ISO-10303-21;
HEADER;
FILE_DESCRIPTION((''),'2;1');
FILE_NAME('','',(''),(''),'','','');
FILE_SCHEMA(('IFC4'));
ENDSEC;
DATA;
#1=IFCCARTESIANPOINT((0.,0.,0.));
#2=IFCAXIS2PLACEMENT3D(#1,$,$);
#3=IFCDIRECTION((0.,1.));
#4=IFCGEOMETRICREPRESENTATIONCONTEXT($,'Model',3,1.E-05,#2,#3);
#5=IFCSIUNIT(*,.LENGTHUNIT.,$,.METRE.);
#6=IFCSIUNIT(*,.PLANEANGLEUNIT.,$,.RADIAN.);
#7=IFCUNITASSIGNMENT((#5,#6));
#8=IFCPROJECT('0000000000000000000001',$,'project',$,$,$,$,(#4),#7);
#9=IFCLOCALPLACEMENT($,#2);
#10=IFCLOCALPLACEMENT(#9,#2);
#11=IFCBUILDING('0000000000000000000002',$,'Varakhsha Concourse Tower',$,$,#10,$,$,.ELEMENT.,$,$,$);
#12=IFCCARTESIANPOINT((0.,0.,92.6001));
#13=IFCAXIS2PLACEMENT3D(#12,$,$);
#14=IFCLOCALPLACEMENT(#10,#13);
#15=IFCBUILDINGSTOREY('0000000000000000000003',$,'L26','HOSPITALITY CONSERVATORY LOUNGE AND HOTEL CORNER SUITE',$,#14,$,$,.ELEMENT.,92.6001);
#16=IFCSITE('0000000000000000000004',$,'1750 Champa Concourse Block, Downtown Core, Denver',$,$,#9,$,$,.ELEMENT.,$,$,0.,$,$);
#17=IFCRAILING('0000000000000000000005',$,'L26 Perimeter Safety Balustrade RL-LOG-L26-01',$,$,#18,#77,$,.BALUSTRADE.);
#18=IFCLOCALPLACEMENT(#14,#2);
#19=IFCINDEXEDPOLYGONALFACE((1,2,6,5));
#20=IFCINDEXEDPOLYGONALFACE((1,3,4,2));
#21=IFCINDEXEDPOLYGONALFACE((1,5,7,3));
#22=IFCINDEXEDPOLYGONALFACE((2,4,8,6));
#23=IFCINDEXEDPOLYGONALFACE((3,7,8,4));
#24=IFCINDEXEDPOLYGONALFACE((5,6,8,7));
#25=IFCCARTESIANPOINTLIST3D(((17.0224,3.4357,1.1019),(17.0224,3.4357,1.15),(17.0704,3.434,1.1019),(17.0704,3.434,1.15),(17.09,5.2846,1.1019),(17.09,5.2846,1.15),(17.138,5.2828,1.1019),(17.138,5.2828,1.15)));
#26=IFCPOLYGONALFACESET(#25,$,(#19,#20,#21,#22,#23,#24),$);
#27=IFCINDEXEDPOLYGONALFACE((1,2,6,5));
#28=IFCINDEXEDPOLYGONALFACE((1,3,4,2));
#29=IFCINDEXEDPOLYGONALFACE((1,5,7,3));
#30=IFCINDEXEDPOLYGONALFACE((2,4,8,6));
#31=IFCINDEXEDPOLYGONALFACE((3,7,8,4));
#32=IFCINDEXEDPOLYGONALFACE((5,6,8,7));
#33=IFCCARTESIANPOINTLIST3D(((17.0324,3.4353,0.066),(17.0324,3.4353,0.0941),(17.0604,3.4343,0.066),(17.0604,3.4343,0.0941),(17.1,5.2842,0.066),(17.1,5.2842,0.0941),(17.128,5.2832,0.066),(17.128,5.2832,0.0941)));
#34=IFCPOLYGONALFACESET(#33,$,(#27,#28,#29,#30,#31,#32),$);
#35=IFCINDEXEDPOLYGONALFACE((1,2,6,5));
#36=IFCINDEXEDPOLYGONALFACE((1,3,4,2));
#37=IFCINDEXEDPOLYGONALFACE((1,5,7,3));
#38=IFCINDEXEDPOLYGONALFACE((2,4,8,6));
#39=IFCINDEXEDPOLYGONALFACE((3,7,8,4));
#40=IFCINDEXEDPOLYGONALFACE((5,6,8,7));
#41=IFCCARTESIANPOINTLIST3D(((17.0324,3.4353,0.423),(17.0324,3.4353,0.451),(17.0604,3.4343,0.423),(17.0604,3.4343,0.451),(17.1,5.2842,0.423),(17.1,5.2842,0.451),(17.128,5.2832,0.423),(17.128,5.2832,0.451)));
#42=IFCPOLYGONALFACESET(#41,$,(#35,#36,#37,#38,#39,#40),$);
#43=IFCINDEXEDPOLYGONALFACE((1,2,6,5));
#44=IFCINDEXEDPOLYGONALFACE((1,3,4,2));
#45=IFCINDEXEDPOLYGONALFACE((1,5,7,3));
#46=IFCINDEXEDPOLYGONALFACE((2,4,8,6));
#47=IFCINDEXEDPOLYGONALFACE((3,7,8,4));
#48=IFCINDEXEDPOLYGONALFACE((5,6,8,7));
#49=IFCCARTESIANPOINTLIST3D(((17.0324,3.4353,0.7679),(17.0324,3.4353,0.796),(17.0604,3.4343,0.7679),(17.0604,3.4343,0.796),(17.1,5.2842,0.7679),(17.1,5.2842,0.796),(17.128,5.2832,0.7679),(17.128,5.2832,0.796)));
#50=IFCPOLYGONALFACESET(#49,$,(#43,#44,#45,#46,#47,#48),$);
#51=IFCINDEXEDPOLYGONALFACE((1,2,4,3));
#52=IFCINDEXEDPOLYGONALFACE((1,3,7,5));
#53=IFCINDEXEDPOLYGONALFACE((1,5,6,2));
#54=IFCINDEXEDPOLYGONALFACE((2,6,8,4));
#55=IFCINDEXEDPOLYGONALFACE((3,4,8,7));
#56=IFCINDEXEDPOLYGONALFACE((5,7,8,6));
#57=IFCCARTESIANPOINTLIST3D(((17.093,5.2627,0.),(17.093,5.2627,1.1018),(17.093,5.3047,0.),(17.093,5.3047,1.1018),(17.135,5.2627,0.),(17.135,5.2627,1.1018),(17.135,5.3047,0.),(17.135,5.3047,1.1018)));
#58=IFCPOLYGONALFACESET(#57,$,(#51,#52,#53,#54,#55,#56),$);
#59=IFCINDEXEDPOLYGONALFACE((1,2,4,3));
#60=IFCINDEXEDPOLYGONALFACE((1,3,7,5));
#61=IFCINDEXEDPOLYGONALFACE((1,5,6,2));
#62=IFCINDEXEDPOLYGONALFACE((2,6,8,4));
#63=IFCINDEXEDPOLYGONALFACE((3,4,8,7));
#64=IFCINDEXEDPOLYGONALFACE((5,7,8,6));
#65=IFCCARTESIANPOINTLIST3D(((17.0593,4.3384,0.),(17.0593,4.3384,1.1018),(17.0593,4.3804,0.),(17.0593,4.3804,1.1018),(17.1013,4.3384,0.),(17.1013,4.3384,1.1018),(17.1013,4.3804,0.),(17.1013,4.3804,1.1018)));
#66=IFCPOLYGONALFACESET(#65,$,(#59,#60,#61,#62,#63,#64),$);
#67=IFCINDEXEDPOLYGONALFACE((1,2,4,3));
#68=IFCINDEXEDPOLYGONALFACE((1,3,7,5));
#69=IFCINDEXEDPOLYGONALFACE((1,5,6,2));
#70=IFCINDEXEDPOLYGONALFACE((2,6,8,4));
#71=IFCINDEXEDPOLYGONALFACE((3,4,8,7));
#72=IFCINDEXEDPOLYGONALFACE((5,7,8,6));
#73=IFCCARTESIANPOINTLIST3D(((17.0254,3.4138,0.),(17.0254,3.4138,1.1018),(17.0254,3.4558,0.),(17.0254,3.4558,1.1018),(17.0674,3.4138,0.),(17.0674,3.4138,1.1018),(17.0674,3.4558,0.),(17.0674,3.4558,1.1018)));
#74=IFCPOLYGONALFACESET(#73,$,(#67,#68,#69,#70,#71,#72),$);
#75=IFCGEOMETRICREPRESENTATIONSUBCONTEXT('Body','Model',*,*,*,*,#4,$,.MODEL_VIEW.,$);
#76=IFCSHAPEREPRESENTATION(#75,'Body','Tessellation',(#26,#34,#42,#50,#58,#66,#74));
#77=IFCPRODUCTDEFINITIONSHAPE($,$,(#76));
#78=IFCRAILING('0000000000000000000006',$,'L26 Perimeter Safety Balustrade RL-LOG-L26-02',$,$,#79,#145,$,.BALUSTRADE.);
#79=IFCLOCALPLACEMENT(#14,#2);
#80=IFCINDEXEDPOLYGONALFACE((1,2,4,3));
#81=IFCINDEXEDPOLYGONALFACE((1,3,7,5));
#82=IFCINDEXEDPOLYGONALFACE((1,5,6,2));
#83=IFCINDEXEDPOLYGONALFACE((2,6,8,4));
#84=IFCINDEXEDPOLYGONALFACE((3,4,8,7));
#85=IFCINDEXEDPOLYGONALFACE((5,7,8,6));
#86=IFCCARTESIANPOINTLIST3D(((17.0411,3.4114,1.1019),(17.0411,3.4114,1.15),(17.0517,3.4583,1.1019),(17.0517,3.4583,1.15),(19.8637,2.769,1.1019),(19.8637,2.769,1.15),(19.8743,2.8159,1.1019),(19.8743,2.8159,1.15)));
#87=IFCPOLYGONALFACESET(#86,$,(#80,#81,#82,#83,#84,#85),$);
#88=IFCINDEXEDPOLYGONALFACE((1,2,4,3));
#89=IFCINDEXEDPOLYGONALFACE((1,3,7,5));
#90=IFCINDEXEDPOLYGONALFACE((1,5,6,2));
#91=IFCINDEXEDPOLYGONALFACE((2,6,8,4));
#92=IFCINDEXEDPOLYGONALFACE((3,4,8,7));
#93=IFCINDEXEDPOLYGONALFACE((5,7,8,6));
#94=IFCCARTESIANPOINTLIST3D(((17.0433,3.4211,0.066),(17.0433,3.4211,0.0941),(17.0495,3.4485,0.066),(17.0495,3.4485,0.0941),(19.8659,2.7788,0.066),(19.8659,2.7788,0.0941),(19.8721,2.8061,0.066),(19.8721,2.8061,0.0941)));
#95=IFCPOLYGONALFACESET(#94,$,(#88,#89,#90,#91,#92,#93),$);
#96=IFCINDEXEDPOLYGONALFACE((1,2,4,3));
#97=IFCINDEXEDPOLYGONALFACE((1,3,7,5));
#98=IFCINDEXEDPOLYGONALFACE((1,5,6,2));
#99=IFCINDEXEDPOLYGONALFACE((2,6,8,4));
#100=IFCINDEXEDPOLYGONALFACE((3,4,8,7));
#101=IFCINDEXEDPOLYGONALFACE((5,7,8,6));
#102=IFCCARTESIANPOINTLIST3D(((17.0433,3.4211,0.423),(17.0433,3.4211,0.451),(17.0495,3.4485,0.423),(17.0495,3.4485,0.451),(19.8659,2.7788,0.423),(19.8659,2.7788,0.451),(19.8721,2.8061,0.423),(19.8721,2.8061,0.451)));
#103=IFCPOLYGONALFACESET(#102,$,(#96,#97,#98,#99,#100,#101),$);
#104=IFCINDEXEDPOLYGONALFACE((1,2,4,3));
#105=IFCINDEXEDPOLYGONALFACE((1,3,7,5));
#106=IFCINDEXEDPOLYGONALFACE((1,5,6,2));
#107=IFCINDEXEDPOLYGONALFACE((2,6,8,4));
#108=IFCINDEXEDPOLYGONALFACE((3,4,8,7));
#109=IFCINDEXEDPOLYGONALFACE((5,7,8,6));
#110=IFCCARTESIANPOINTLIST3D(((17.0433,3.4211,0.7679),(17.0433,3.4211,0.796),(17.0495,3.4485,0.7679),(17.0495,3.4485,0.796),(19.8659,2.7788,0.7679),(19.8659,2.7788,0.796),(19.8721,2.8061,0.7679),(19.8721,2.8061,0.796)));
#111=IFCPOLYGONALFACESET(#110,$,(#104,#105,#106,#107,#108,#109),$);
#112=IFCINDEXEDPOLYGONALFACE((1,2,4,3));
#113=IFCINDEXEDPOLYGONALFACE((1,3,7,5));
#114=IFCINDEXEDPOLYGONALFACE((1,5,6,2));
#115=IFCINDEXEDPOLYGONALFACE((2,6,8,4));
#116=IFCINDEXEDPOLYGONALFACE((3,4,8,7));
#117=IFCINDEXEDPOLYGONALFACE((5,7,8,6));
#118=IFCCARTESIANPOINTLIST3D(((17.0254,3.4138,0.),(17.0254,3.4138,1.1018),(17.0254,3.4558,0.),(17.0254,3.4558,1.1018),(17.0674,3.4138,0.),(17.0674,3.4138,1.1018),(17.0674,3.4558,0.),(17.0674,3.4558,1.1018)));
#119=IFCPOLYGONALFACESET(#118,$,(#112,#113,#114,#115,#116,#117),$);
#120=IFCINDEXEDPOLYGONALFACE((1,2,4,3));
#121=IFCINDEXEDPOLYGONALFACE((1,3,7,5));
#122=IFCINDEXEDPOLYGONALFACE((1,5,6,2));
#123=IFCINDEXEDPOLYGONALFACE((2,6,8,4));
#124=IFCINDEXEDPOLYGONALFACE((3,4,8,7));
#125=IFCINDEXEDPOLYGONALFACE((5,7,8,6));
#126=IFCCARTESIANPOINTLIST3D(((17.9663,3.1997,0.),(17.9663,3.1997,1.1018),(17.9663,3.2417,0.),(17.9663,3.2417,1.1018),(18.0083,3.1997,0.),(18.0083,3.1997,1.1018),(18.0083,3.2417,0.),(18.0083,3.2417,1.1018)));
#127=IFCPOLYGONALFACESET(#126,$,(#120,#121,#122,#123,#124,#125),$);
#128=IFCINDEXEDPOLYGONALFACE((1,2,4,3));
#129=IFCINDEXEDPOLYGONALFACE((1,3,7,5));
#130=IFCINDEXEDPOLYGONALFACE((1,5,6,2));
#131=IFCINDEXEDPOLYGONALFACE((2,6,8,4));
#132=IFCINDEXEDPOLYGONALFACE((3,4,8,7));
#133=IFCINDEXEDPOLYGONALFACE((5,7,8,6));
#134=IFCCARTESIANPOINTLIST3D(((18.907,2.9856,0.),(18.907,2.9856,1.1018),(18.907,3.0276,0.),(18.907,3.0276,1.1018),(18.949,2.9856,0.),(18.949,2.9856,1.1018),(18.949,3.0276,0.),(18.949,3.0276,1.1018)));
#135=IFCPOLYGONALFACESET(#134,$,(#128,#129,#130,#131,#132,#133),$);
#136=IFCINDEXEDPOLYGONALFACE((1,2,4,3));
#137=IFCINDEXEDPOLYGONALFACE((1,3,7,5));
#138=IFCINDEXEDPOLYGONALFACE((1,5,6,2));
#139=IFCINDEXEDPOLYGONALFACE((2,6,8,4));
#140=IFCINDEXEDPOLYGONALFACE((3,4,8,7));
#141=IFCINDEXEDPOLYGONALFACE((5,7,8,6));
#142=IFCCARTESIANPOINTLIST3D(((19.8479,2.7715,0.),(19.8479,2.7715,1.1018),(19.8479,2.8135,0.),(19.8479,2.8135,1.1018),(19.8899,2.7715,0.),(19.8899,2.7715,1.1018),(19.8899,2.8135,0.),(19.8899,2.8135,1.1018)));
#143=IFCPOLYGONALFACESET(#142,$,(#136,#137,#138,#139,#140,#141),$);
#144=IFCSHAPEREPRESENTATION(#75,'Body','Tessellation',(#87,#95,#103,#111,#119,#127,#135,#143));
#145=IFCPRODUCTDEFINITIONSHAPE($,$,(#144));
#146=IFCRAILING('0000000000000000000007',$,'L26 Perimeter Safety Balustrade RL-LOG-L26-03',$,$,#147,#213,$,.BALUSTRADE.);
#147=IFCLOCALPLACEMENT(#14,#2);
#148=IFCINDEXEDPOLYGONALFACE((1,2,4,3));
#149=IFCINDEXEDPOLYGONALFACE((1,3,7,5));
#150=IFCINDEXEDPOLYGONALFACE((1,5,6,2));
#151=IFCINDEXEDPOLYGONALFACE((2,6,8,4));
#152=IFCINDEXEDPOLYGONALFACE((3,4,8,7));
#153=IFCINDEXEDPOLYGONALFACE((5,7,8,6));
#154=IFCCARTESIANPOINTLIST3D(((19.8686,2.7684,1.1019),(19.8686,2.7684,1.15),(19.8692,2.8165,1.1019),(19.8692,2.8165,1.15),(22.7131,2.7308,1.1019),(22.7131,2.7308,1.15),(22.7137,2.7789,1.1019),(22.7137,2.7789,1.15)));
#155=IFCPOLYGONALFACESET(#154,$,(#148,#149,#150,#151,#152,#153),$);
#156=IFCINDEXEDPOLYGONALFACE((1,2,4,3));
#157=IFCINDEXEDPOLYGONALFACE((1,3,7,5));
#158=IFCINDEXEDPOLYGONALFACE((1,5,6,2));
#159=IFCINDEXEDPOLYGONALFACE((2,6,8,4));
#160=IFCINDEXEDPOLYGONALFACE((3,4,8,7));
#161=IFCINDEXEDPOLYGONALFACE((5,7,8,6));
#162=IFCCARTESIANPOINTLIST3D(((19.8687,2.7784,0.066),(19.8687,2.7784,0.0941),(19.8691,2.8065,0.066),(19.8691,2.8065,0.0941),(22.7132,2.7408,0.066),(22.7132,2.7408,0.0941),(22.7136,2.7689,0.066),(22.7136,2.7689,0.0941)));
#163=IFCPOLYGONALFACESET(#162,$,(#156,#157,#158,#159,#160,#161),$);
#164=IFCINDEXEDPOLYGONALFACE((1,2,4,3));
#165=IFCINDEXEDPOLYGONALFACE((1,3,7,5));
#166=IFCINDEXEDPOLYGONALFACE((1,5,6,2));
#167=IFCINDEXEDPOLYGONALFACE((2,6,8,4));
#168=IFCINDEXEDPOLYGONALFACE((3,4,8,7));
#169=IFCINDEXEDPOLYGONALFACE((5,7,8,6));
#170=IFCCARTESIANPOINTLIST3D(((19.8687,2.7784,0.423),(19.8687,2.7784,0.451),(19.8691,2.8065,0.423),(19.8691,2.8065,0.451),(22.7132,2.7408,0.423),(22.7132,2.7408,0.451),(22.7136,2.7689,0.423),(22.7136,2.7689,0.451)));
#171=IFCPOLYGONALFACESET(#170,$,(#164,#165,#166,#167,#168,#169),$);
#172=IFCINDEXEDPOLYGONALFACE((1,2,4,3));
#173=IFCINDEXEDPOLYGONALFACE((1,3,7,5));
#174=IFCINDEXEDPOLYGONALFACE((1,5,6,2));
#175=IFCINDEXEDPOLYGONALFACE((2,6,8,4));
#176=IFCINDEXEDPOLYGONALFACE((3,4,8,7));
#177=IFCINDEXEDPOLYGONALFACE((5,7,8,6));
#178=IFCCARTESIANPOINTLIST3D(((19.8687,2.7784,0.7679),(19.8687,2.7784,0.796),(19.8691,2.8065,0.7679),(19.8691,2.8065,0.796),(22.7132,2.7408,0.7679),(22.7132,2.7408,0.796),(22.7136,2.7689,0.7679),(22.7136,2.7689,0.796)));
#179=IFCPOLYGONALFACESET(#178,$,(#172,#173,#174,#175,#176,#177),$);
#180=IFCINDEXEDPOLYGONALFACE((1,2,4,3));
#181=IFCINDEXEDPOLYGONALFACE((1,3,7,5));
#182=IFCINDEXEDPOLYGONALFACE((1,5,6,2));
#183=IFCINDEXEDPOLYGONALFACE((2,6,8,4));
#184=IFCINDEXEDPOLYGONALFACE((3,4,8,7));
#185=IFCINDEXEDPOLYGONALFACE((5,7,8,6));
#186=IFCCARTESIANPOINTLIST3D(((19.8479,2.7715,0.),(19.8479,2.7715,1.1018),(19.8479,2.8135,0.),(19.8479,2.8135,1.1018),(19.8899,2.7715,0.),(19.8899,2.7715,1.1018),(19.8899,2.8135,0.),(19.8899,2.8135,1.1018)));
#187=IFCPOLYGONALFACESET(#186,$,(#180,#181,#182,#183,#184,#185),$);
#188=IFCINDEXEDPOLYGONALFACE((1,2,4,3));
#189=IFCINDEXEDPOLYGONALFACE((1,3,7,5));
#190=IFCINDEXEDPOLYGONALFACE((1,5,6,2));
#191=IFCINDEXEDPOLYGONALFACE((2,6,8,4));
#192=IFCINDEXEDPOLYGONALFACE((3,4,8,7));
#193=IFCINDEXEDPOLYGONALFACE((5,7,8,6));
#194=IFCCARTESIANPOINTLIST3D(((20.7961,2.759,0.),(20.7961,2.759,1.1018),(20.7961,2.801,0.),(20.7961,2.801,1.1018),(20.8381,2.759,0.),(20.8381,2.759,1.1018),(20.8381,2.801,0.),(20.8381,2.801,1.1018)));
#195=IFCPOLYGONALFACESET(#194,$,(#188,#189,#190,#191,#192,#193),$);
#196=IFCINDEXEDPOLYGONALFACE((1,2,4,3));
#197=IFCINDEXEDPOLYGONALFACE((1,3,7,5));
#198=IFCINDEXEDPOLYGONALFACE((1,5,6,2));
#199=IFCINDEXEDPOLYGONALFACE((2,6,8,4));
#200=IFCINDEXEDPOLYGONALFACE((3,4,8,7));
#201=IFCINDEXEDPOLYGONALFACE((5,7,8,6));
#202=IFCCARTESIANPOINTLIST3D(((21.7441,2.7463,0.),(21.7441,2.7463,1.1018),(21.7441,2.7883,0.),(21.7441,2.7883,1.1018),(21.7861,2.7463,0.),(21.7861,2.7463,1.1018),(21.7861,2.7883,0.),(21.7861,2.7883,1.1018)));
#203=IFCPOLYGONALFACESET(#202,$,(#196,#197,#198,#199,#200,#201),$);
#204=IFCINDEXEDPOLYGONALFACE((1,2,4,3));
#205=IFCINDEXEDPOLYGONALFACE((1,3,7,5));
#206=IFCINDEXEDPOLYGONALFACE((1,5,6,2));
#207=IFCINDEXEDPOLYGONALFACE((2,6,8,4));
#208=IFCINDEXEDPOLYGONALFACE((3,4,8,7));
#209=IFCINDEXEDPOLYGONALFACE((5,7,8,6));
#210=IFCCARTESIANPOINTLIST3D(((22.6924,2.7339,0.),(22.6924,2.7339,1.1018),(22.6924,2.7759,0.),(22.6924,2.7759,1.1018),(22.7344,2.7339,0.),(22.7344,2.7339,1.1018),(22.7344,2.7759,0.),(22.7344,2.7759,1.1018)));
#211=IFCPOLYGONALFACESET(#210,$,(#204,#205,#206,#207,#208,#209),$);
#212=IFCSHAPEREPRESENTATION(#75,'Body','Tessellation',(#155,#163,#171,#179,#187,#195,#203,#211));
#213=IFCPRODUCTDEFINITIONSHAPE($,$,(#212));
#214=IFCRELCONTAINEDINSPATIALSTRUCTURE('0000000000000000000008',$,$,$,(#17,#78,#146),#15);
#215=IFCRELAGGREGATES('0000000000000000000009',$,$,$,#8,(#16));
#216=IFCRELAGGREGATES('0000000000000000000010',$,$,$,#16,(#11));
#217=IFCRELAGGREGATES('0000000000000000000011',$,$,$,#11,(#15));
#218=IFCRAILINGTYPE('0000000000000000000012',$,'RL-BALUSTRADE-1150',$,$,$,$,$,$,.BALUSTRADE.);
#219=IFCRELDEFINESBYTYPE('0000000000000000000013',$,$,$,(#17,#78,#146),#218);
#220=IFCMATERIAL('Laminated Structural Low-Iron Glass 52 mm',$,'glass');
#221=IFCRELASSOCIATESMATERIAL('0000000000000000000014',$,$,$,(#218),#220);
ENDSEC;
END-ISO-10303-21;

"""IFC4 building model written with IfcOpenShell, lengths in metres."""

from ifc_helpers import new_model, si_unit, direction, frame, origin, origin_2d, place, context, subcontext, project, spatial, rectangle, extrude, material, type_object, element, save


model = new_model("IFC4")

# Units and contexts
model_context = context("Model", 3, precision=1e-05, world=origin(), true_north=direction((0.0, 1.0)))
body_context = subcontext(model_context, "Body", "Model", "MODEL_VIEW")
ifc_project = project(units=[si_unit("LENGTHUNIT", "METRE"), si_unit("PLANEANGLEUNIT", "RADIAN")], contexts=[model_context])

# Site, building, storey
site_placement = place(None, origin())
site = spatial("IfcSite", under=ifc_project, at=site_placement, Name="1750 Champa Concourse Block, Downtown Core, Denver", CompositionType="ELEMENT", RefElevation=0.0)
building_placement = place(site_placement, origin())
building = spatial("IfcBuilding", under=site, at=building_placement, Name="Varakhsha Concourse Tower", CompositionType="ELEMENT")
storey_placement = place(building_placement, frame((0.0, 0.0, 92.6001)))
storey = spatial("IfcBuildingStorey", under=building, at=storey_placement, Name="L26", Description="HOSPITALITY CONSERVATORY LOUNGE AND HOTEL CORNER SUITE", CompositionType="ELEMENT", Elevation=92.6001)

# Railings
ifc_material_1 = material(Name="Laminated Structural Low-Iron Glass 52 mm", Category="glass")
railing_type = type_object("IfcRailingType", Name="RL-BALUSTRADE-1150", PredefinedType="BALUSTRADE", material=ifc_material_1)
railing_1_placement = place(storey_placement, frame((17.114, 5.2837, 0.0)))
element("IfcRailing", 1, at=railing_1_placement, inside=storey, type_object=railing_type, Name="L26 Perimeter Safety Balustrade RL-LOG-L26-01", PredefinedType="BALUSTRADE", context=body_context, shape_type="SweptSolid", body=[
    extrude(rectangle(XDim=0.0481, YDim=0.0481, at=origin_2d()), frame((0.0, 0.0, 1.126), z_axis=(-0.036553, -0.999332, 0.0), x_axis=(0.999332, -0.036553, 0.0)), (0.0, 0.0, 1.0), 1.8501),
    extrude(rectangle(XDim=0.0281, YDim=0.0281, at=origin_2d()), frame((0.0, 0.0, 0.0801), z_axis=(-0.036553, -0.999332, 0.0), x_axis=(0.999332, -0.036553, 0.0)), (0.0, 0.0, 1.0), 1.8501),
    extrude(rectangle(XDim=0.0281, YDim=0.0281, at=origin_2d()), frame((0.0, 0.0, 0.437), z_axis=(-0.036553, -0.999332, 0.0), x_axis=(0.999332, -0.036553, 0.0)), (0.0, 0.0, 1.0), 1.8501),
    extrude(rectangle(XDim=0.0281, YDim=0.0281, at=origin_2d()), frame((0.0, 0.0, 0.782), z_axis=(-0.036553, -0.999332, 0.0), x_axis=(0.999332, -0.036553, 0.0)), (0.0, 0.0, 1.0), 1.8501),
    extrude(rectangle(XDim=0.042, YDim=0.042, at=origin_2d()), origin(), (0.0, 0.0, 1.0), 1.1018),
    extrude(rectangle(XDim=0.042, YDim=0.042, at=origin_2d()), frame((-0.0337, -0.9243, 0.0)), (0.0, 0.0, 1.0), 1.1018),
    extrude(rectangle(XDim=0.042, YDim=0.042, at=origin_2d()), frame((-0.0676, -1.8489, 0.0)), (0.0, 0.0, 1.0), 1.1018),
])
railing_2_placement = place(storey_placement, frame((17.0464, 3.4348, 0.0)))
element("IfcRailing", 2, at=railing_2_placement, inside=storey, type_object=railing_type, Name="L26 Perimeter Safety Balustrade RL-LOG-L26-02", PredefinedType="BALUSTRADE", context=body_context, shape_type="SweptSolid", body=[
    extrude(rectangle(XDim=0.0481, YDim=0.0481, at=origin_2d()), frame((0.0, 0.0, 1.126), z_axis=(0.975069, -0.221902, 0.0), x_axis=(0.221902, 0.975069, 0.0)), (0.0, 0.0, 1.0), 2.8948),
    extrude(rectangle(XDim=0.0281, YDim=0.0281, at=origin_2d()), frame((0.0, 0.0, 0.0801), z_axis=(0.975069, -0.221902, 0.0), x_axis=(0.221902, 0.975069, 0.0)), (0.0, 0.0, 1.0), 2.8948),
    extrude(rectangle(XDim=0.0281, YDim=0.0281, at=origin_2d()), frame((0.0, 0.0, 0.437), z_axis=(0.975069, -0.221902, 0.0), x_axis=(0.221902, 0.975069, 0.0)), (0.0, 0.0, 1.0), 2.8948),
    extrude(rectangle(XDim=0.0281, YDim=0.0281, at=origin_2d()), frame((0.0, 0.0, 0.782), z_axis=(0.975069, -0.221902, 0.0), x_axis=(0.221902, 0.975069, 0.0)), (0.0, 0.0, 1.0), 2.8948),
    extrude(rectangle(XDim=0.042, YDim=0.042, at=origin_2d()), origin(), (0.0, 0.0, 1.0), 1.1018),
    extrude(rectangle(XDim=0.042, YDim=0.042, at=origin_2d()), frame((0.9409, -0.2141, 0.0)), (0.0, 0.0, 1.0), 1.1018),
    extrude(rectangle(XDim=0.042, YDim=0.042, at=origin_2d()), frame((1.8816, -0.4282, 0.0)), (0.0, 0.0, 1.0), 1.1018),
    extrude(rectangle(XDim=0.042, YDim=0.042, at=origin_2d()), frame((2.8225, -0.6423, 0.0)), (0.0, 0.0, 1.0), 1.1018),
])
railing_3_placement = place(storey_placement, frame((19.8689, 2.7925, 0.0)))
element("IfcRailing", 3, at=railing_3_placement, inside=storey, type_object=railing_type, Name="L26 Perimeter Safety Balustrade RL-LOG-L26-03", PredefinedType="BALUSTRADE", context=body_context, shape_type="SweptSolid", body=[
    extrude(rectangle(XDim=0.0481, YDim=0.0481, at=origin_2d()), frame((0.0, 0.0, 1.126), z_axis=(0.999913, -0.013217, 0.0), x_axis=(0.013217, 0.999913, 0.0)), (0.0, 0.0, 1.0), 2.8447),
    extrude(rectangle(XDim=0.0281, YDim=0.0281, at=origin_2d()), frame((0.0, 0.0, 0.0801), z_axis=(0.999913, -0.013217, 0.0), x_axis=(0.013217, 0.999913, 0.0)), (0.0, 0.0, 1.0), 2.8447),
    extrude(rectangle(XDim=0.0281, YDim=0.0281, at=origin_2d()), frame((0.0, 0.0, 0.437), z_axis=(0.999913, -0.013217, 0.0), x_axis=(0.013217, 0.999913, 0.0)), (0.0, 0.0, 1.0), 2.8447),
    extrude(rectangle(XDim=0.0281, YDim=0.0281, at=origin_2d()), frame((0.0, 0.0, 0.782), z_axis=(0.999913, -0.013217, 0.0), x_axis=(0.013217, 0.999913, 0.0)), (0.0, 0.0, 1.0), 2.8447),
    extrude(rectangle(XDim=0.042, YDim=0.042, at=origin_2d()), origin(), (0.0, 0.0, 1.0), 1.1018),
    extrude(rectangle(XDim=0.042, YDim=0.042, at=origin_2d()), frame((0.9482, -0.0125, 0.0)), (0.0, 0.0, 1.0), 1.1018),
    extrude(rectangle(XDim=0.042, YDim=0.042, at=origin_2d()), frame((1.8962, -0.0251, 0.0)), (0.0, 0.0, 1.0), 1.1018),
    extrude(rectangle(XDim=0.042, YDim=0.042, at=origin_2d()), frame((2.8445, -0.0376, 0.0)), (0.0, 0.0, 1.0), 1.1018),
])

save(model, "model.ifc")
